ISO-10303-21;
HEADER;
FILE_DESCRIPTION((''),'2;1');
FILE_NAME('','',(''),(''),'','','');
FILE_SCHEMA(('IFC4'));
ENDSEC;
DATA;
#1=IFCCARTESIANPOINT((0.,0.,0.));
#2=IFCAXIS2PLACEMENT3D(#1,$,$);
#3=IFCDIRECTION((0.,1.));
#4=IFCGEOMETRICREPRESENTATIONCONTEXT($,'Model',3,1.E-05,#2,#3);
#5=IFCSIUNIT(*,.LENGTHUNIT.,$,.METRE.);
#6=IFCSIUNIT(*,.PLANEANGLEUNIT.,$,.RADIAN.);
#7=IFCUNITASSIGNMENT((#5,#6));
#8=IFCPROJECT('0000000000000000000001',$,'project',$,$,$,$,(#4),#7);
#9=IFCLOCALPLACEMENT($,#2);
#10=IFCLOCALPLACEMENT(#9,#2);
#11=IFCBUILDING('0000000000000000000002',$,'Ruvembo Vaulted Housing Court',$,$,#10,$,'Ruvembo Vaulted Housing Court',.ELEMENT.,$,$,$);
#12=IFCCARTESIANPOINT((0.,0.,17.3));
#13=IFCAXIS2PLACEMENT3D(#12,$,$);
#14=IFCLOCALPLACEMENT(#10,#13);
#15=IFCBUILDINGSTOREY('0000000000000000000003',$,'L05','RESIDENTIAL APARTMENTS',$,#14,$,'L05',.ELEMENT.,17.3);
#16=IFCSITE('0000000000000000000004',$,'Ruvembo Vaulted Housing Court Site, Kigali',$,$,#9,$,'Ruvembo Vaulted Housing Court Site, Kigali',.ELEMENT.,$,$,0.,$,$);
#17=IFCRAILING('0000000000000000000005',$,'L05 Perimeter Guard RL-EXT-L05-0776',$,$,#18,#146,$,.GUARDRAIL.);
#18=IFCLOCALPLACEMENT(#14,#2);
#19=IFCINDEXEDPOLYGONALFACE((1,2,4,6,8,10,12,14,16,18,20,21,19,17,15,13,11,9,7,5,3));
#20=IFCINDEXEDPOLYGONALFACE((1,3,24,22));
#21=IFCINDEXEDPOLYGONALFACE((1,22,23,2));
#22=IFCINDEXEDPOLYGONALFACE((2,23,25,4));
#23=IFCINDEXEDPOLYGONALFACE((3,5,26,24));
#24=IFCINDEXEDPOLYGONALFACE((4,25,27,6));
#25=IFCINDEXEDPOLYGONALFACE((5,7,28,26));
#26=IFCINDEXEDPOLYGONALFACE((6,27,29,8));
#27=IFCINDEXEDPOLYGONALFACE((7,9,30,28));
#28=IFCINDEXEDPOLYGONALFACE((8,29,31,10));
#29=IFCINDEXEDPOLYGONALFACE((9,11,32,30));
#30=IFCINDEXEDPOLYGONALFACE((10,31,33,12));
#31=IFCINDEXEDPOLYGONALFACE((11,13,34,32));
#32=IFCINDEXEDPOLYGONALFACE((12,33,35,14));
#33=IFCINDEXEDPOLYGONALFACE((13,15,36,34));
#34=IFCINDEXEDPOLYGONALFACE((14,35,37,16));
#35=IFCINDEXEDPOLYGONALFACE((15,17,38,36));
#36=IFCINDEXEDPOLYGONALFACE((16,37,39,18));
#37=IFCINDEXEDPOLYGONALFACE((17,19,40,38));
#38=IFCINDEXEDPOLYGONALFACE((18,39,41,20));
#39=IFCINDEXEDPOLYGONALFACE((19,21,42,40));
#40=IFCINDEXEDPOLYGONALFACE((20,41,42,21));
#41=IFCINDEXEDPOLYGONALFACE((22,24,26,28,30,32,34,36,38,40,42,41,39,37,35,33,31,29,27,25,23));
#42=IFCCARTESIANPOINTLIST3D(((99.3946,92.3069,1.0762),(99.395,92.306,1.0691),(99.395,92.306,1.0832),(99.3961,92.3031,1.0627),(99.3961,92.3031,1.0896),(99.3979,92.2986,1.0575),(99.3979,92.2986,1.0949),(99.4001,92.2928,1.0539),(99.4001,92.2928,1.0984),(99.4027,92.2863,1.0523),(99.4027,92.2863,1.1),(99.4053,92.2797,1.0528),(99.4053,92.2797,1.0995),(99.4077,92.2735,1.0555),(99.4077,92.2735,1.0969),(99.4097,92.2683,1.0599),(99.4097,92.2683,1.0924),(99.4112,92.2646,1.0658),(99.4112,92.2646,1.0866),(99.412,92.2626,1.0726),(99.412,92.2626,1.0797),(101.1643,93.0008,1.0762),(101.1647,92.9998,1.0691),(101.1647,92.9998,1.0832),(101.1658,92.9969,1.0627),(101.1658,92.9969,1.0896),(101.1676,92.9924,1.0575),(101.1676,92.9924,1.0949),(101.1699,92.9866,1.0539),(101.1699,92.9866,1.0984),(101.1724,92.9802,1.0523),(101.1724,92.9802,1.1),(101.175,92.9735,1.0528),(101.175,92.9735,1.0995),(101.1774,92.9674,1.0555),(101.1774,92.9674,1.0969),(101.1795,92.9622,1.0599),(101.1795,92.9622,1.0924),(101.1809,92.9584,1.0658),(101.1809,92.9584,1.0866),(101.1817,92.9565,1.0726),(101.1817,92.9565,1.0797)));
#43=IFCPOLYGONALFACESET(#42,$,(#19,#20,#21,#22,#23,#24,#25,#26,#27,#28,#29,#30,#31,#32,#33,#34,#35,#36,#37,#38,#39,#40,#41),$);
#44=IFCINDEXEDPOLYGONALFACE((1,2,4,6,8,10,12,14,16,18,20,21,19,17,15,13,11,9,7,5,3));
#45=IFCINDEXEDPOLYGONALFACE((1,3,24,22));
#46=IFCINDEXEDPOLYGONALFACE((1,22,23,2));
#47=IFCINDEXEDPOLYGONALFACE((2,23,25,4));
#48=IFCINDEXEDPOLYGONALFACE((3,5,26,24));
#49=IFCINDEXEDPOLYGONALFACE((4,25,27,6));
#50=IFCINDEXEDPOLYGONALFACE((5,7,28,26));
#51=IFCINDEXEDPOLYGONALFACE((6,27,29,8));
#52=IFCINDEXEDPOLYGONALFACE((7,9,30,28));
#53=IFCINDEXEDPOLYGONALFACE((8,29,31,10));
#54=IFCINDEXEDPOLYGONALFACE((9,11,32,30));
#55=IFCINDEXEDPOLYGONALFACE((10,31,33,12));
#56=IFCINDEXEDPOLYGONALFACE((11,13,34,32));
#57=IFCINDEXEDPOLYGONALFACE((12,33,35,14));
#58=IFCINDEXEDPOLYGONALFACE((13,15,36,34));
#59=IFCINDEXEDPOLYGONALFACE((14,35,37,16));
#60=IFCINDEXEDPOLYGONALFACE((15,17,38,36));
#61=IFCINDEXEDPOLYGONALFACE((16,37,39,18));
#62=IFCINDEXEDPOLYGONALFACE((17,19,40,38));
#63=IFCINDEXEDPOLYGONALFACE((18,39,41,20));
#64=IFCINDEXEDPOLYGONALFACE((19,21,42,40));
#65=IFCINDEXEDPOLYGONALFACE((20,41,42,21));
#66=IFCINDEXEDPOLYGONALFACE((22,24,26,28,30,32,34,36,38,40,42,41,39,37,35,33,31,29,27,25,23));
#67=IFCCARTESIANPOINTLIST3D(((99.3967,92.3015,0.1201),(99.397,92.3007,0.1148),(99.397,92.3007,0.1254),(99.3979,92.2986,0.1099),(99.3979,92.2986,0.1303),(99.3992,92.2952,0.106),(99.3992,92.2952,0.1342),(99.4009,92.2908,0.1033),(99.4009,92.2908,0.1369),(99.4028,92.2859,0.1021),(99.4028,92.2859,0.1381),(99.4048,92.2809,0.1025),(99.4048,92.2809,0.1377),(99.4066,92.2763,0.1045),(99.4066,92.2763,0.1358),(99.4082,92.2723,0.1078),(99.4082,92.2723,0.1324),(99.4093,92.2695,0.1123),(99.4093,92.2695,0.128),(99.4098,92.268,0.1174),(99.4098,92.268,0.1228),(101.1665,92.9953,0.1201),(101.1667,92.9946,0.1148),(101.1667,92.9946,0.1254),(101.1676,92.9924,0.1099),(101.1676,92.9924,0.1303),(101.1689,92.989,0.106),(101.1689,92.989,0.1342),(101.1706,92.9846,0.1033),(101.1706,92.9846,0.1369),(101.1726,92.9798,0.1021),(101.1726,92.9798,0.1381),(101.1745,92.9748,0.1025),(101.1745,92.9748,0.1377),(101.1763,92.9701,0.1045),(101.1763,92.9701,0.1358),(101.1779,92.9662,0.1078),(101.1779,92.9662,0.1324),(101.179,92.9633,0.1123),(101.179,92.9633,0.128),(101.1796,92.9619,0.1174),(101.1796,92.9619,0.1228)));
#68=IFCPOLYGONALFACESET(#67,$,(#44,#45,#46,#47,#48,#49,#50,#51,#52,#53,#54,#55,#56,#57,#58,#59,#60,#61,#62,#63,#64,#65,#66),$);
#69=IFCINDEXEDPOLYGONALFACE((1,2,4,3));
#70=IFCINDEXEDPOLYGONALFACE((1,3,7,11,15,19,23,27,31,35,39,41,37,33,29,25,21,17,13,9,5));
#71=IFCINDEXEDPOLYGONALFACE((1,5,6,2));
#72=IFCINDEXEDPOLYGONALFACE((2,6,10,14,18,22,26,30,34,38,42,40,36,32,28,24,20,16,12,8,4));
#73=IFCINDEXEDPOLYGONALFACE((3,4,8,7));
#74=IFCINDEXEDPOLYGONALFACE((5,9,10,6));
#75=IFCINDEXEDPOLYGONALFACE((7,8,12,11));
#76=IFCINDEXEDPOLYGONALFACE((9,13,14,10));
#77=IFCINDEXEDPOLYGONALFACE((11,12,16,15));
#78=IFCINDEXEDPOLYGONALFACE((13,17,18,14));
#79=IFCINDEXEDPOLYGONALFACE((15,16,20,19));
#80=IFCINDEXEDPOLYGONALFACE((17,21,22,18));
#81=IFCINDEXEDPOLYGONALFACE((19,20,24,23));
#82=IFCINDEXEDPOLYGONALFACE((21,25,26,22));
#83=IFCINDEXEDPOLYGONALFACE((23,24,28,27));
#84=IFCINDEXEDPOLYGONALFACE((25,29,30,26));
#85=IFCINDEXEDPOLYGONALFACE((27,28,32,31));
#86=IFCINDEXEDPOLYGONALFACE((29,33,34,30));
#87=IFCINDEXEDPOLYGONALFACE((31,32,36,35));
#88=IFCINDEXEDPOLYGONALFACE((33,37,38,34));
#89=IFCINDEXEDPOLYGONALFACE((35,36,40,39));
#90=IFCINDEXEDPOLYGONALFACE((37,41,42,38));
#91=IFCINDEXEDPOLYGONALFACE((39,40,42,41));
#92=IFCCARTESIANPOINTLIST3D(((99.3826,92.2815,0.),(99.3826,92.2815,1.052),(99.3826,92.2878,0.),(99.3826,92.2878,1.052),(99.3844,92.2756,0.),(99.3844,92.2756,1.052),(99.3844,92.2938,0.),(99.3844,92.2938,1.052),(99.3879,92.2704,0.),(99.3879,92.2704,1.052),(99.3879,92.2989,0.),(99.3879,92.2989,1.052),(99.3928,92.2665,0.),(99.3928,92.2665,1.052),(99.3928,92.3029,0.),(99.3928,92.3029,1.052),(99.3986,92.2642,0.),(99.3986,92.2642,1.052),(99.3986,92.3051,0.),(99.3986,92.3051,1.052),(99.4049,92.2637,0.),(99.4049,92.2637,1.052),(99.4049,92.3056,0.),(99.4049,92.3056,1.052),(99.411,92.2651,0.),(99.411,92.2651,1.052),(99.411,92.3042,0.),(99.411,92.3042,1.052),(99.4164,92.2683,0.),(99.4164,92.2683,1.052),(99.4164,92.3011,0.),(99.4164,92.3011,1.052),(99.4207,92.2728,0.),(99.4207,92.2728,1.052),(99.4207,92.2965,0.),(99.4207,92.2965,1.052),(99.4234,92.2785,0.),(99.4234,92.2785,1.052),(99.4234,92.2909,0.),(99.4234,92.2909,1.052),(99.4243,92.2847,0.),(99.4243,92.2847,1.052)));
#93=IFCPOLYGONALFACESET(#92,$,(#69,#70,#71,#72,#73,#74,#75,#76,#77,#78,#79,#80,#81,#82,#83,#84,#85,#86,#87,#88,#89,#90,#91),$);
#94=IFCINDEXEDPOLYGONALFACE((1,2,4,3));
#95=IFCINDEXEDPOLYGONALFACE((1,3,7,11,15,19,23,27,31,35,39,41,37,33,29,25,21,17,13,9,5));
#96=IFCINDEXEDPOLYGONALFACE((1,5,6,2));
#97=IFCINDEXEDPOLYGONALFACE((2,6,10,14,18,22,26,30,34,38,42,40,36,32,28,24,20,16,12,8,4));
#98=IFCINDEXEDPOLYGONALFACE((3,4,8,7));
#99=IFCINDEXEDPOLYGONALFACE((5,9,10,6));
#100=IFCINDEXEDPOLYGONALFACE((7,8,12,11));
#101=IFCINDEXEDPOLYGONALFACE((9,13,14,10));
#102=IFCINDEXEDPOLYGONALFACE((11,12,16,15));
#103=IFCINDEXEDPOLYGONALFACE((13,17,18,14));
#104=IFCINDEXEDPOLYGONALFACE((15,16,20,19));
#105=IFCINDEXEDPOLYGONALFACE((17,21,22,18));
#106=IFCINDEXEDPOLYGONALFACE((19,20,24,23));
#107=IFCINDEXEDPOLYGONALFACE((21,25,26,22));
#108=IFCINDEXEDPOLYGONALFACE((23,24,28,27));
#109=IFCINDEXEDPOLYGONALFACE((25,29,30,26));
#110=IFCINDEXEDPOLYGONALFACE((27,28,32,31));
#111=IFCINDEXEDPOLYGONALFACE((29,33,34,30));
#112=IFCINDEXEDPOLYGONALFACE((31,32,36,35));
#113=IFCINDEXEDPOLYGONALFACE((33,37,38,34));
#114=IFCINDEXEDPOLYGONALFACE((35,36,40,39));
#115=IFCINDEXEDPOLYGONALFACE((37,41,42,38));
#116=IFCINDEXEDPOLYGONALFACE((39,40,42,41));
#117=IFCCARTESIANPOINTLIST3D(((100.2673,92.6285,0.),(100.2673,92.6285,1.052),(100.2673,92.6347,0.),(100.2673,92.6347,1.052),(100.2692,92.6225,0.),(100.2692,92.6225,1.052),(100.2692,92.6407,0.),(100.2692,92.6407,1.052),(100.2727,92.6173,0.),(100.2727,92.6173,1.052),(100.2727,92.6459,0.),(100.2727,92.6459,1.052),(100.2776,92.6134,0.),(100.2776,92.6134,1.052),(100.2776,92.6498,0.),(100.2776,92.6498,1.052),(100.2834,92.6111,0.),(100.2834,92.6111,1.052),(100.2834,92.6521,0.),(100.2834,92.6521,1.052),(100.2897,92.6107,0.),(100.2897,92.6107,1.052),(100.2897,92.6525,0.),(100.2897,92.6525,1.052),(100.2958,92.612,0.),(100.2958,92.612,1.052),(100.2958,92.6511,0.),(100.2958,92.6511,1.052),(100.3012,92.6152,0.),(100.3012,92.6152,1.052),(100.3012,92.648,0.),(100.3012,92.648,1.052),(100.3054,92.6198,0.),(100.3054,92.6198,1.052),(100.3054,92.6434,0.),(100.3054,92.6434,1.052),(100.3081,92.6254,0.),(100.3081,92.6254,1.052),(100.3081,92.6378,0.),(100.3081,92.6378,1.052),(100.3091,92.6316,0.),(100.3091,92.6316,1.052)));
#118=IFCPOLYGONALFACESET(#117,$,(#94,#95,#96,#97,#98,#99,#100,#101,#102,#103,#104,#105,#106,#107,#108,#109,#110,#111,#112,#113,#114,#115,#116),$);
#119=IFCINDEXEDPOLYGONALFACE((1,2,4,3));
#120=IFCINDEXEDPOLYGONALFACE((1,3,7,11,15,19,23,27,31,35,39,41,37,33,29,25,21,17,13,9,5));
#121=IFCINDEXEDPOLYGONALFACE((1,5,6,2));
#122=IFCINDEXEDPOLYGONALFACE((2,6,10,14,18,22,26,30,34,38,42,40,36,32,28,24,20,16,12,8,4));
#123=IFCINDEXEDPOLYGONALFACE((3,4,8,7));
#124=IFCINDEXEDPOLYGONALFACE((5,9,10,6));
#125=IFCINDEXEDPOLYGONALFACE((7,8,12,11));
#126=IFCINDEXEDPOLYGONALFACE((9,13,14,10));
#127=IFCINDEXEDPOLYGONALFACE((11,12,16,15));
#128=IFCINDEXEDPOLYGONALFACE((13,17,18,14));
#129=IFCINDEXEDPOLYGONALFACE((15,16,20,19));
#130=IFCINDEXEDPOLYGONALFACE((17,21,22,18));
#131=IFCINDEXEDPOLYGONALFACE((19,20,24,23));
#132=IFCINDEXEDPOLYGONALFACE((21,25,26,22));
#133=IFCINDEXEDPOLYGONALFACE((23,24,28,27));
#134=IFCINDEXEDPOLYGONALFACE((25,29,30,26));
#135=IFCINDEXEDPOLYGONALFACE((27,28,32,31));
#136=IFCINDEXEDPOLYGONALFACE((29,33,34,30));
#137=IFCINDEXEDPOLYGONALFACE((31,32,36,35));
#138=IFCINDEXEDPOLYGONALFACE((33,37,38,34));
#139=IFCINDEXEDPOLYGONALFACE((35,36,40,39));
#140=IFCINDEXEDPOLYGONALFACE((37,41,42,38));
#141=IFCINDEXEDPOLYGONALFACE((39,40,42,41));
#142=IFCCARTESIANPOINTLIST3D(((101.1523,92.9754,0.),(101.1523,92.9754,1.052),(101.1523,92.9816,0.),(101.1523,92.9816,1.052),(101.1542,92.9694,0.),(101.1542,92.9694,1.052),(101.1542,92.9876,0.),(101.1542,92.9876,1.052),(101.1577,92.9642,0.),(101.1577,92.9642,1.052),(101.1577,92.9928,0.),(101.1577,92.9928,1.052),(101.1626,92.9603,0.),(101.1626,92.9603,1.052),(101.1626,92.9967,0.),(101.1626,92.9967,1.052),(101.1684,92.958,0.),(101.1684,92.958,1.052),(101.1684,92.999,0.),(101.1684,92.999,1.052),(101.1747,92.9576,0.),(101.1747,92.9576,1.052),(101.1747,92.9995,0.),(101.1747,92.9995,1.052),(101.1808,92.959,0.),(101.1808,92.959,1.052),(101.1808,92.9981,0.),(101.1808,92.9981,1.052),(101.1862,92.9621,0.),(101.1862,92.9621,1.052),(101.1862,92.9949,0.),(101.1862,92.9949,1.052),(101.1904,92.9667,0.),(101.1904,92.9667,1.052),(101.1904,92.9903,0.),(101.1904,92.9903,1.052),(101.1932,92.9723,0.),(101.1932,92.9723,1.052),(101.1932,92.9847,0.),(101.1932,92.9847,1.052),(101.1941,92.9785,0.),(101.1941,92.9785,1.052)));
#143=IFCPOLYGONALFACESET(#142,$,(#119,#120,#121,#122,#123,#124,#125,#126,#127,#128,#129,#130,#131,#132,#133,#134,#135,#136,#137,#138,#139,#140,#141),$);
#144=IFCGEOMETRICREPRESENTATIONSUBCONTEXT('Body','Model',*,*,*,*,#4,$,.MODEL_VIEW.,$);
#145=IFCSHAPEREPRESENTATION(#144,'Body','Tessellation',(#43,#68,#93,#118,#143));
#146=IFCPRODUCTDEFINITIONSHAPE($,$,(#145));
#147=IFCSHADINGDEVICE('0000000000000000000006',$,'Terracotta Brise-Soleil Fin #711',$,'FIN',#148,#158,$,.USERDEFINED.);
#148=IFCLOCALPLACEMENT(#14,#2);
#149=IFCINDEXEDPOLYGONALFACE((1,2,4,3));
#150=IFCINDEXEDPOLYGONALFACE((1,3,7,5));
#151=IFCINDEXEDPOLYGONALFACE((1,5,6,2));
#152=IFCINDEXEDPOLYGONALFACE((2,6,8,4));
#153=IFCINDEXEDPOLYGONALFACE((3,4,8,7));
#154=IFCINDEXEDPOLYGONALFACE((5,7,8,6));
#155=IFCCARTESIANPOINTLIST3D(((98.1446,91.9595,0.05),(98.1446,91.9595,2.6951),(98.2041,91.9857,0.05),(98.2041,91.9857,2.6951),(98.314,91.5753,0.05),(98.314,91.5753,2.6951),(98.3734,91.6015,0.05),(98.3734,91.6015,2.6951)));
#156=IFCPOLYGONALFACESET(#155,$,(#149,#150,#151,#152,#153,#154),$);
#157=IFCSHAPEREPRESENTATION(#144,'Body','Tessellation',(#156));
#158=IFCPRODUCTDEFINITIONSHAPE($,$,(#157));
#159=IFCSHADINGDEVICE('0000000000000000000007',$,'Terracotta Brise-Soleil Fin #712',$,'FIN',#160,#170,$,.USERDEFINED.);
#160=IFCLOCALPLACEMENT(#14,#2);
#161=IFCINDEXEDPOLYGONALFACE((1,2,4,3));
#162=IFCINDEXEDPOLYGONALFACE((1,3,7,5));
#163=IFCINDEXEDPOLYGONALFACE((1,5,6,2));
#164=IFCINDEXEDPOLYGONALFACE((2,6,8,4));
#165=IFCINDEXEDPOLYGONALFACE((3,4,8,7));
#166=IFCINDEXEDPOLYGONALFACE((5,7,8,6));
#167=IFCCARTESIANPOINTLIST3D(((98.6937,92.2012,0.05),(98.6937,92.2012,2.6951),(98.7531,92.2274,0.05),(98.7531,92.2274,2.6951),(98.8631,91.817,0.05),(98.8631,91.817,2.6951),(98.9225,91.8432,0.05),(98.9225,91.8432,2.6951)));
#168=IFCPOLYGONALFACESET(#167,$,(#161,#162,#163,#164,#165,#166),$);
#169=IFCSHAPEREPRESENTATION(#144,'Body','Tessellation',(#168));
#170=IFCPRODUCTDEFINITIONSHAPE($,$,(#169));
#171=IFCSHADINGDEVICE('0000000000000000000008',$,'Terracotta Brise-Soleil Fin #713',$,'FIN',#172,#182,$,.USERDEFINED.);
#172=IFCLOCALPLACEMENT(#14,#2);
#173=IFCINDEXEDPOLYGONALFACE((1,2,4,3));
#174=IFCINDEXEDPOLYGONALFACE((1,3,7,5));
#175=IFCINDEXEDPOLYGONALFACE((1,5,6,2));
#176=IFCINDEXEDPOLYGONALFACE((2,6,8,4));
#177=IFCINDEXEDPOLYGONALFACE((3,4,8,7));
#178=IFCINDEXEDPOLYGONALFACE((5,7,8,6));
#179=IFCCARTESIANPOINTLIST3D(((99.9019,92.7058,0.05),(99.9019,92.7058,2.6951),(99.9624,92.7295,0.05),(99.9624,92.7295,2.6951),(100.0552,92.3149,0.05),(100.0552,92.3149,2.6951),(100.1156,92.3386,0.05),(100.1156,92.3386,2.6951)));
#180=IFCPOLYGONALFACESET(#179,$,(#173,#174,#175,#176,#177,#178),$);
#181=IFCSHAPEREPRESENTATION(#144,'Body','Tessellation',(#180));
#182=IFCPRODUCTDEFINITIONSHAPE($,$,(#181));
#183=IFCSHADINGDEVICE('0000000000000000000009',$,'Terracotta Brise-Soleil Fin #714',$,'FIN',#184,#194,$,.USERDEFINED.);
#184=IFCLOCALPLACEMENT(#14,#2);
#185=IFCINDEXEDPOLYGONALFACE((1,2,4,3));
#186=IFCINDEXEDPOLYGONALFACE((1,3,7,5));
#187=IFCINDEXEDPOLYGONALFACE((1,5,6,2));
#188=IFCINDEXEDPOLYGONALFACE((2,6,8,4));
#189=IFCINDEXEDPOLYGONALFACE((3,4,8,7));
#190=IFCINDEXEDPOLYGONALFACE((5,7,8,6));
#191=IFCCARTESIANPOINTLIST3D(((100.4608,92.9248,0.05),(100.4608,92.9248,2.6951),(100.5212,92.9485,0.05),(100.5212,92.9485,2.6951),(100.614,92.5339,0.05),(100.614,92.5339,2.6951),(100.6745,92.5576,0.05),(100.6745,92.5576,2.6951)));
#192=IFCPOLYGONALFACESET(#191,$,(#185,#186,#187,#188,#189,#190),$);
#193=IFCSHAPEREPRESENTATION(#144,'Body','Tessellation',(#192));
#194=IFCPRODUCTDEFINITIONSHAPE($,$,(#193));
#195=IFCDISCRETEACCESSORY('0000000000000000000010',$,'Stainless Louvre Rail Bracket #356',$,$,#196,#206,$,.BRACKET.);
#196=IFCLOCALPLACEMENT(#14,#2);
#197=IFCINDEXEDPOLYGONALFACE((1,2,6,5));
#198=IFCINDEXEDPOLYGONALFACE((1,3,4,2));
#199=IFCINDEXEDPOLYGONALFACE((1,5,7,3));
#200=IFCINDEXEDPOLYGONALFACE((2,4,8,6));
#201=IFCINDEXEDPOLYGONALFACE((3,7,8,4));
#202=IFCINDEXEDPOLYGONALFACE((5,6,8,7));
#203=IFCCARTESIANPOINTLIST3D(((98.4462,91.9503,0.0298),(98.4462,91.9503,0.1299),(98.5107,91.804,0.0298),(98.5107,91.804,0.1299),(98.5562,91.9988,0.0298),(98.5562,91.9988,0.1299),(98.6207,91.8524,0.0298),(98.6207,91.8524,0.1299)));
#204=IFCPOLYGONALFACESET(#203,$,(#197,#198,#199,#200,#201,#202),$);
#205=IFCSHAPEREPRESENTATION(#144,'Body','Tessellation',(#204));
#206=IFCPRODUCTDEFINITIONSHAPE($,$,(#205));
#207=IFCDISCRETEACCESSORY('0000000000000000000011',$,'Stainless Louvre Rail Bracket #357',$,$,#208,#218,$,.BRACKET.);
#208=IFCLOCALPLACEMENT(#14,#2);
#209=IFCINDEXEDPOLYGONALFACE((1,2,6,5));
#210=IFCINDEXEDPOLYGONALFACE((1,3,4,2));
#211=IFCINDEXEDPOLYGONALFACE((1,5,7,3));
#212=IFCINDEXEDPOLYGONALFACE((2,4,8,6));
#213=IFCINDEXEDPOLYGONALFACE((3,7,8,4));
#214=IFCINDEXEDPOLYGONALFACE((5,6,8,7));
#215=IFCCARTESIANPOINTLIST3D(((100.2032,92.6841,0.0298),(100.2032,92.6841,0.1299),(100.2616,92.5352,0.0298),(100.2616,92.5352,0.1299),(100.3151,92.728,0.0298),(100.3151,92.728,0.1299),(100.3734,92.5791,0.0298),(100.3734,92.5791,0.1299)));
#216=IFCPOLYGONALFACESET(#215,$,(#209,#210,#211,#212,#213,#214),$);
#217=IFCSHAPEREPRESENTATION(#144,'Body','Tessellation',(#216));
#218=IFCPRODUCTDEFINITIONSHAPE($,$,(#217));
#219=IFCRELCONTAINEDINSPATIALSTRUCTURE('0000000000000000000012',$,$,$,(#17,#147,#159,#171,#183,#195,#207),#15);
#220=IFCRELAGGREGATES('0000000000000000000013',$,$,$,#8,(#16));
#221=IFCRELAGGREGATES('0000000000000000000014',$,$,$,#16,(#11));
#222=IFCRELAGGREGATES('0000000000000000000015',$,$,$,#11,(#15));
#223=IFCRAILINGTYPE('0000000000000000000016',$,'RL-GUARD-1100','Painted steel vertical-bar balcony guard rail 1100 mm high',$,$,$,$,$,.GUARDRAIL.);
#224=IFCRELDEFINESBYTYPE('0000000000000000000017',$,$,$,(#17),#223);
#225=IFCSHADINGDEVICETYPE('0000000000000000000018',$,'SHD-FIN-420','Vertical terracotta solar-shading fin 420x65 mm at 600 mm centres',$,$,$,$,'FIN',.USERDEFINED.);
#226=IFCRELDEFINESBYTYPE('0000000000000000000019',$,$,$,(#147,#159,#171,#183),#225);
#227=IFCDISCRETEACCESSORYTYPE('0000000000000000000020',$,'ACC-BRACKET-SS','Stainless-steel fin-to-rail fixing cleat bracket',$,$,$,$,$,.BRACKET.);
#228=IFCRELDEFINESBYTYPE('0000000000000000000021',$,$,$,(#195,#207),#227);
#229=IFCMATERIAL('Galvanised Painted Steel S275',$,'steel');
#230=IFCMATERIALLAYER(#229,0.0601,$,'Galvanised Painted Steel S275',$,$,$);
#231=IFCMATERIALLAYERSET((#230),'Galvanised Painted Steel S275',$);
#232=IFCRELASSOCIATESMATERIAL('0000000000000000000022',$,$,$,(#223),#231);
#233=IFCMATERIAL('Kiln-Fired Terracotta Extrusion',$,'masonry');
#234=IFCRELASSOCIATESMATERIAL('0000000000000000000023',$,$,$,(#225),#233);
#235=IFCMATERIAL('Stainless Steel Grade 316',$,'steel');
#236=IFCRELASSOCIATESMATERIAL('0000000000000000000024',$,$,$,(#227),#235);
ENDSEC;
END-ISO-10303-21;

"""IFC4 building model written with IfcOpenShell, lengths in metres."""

from ifc_helpers import new_model, si_unit, direction, frame, origin, origin_2d, place, context, subcontext, project, spatial, rectangle, circle, extrude, material, layer, layer_set, type_object, element, save


model = new_model("IFC4")

# Units and contexts
model_context = context("Model", 3, precision=1e-05, world=origin(), true_north=direction((0.0, 1.0)))
body_context = subcontext(model_context, "Body", "Model", "MODEL_VIEW")
ifc_project = project(units=[si_unit("LENGTHUNIT", "METRE"), si_unit("PLANEANGLEUNIT", "RADIAN")], contexts=[model_context])

# Site, building, storey
site_placement = place(None, origin())
site = spatial("IfcSite", under=ifc_project, at=site_placement, Name="Ruvembo Vaulted Housing Court Site, Kigali", LongName="Ruvembo Vaulted Housing Court Site, Kigali", CompositionType="ELEMENT", RefElevation=0.0)
building_placement = place(site_placement, origin())
building = spatial("IfcBuilding", under=site, at=building_placement, Name="Ruvembo Vaulted Housing Court", LongName="Ruvembo Vaulted Housing Court", CompositionType="ELEMENT")
storey_placement = place(building_placement, frame((0.0, 0.0, 17.3)))
storey = spatial("IfcBuildingStorey", under=building, at=storey_placement, Name="L05", Description="RESIDENTIAL APARTMENTS", LongName="L05", CompositionType="ELEMENT", Elevation=17.3)

# Railing
ifc_material_1 = material(Name="Galvanised Painted Steel S275", Category="steel")
ifc_layer_1 = layer(ifc_material_1, 0.0601, Name="Galvanised Painted Steel S275")
ifc_layer_set_1 = layer_set([ifc_layer_1], Name="Galvanised Painted Steel S275")
railing_type = type_object("IfcRailingType", Name="RL-GUARD-1100", Description="Painted steel vertical-bar balcony guard rail 1100 mm high", PredefinedType="GUARDRAIL", material=ifc_layer_set_1)
railing_1_placement = place(storey_placement, frame((99.4033, 92.2847, 0.0)))
element("IfcRailing", 1, at=railing_1_placement, inside=storey, type_object=railing_type, Name="L05 Perimeter Guard RL-EXT-L05-0776", PredefinedType="GUARDRAIL", context=body_context, shape_type="SweptSolid", body=[
    extrude(circle(Radius=0.0239, at=origin_2d()), frame((0.0, 0.0, 1.0762), z_axis=(0.931006, 0.365005, 0.0), x_axis=(-0.365005, 0.931006, 0.0)), (0.0, 0.0, 1.0), 1.9009),
    extrude(circle(Radius=0.0181, at=origin_2d()), frame((0.0, 0.0, 0.1201), z_axis=(0.931006, 0.365005, 0.0), x_axis=(-0.365005, 0.931006, 0.0)), (0.0, 0.0, 1.0), 1.9009),
    extrude(circle(Radius=0.021, at=origin_2d()), origin(), (0.0, 0.0, 1.0), 1.052),
    extrude(circle(Radius=0.021, at=origin_2d()), frame((0.8848, 0.3469, 0.0)), (0.0, 0.0, 1.0), 1.052),
    extrude(circle(Radius=0.021, at=origin_2d()), frame((1.7698, 0.6938, 0.0)), (0.0, 0.0, 1.0), 1.052),
])

# Shading devices
ifc_material_2 = material(Name="Kiln-Fired Terracotta Extrusion", Category="masonry")
shading_device_type = type_object("IfcShadingDeviceType", Name="SHD-FIN-420", Description="Vertical terracotta solar-shading fin 420x65 mm at 600 mm centres", ElementType="FIN", PredefinedType="USERDEFINED", material=ifc_material_2)
for number, where, z_axis, x_axis, name in (
    (2, (98.259, 91.7805, 0.05), (0.0, 0.0, 1.0), (0.403306, -0.915065, 0.0), "Terracotta Brise-Soleil Fin #711"),
    (3, (98.8081, 92.0222, 0.05), (0.0, 0.0, 1.0), (0.403306, -0.915065, 0.0), "Terracotta Brise-Soleil Fin #712"),
    (4, (100.0088, 92.5222, 0.05), (0.0, 0.0, 1.0), (0.364958, -0.931024, 0.0), "Terracotta Brise-Soleil Fin #713"),
    (5, (100.5676, 92.7412, 0.05), (0.0, 0.0, 1.0), (0.364958, -0.931024, 0.0), "Terracotta Brise-Soleil Fin #714"),
):
    element("IfcShadingDevice", number, at=place(storey_placement, frame(where, z_axis=z_axis, x_axis=x_axis)), inside=storey, type_object=shading_device_type, Name=name, ObjectType="FIN", PredefinedType="USERDEFINED", context=body_context, shape_type="SweptSolid", body=[
        extrude(rectangle(XDim=0.4199, YDim=0.0649, at=origin_2d()), origin(), (0.0, 0.0, 1.0), 2.645),
    ])

# Discrete accessories
ifc_material_3 = material(Name="Stainless Steel Grade 316", Category="steel")
discrete_accessory_type = type_object("IfcDiscreteAccessoryType", Name="ACC-BRACKET-SS", Description="Stainless-steel fin-to-rail fixing cleat bracket", PredefinedType="BRACKET", material=ifc_material_3)
for number, where, z_axis, x_axis, name in (
    (6, (98.5334, 91.9014, 0.0298), (0.0, 0.0, 1.0), (0.403306, -0.915065, 0.0), "Stainless Louvre Rail Bracket #356"),
    (7, (100.2883, 92.6316, 0.0298), (0.0, 0.0, 1.0), (0.364958, -0.931024, 0.0), "Stainless Louvre Rail Bracket #357"),
):
    element("IfcDiscreteAccessory", number, at=place(storey_placement, frame(where, z_axis=z_axis, x_axis=x_axis)), inside=storey, type_object=discrete_accessory_type, Name=name, PredefinedType="BRACKET", context=body_context, shape_type="SweptSolid", body=[
        extrude(rectangle(XDim=0.1599, YDim=0.1201, at=origin_2d()), origin(), (0.0, 0.0, 1.0), 0.1001),
    ])

save(model, "model.ifc")
